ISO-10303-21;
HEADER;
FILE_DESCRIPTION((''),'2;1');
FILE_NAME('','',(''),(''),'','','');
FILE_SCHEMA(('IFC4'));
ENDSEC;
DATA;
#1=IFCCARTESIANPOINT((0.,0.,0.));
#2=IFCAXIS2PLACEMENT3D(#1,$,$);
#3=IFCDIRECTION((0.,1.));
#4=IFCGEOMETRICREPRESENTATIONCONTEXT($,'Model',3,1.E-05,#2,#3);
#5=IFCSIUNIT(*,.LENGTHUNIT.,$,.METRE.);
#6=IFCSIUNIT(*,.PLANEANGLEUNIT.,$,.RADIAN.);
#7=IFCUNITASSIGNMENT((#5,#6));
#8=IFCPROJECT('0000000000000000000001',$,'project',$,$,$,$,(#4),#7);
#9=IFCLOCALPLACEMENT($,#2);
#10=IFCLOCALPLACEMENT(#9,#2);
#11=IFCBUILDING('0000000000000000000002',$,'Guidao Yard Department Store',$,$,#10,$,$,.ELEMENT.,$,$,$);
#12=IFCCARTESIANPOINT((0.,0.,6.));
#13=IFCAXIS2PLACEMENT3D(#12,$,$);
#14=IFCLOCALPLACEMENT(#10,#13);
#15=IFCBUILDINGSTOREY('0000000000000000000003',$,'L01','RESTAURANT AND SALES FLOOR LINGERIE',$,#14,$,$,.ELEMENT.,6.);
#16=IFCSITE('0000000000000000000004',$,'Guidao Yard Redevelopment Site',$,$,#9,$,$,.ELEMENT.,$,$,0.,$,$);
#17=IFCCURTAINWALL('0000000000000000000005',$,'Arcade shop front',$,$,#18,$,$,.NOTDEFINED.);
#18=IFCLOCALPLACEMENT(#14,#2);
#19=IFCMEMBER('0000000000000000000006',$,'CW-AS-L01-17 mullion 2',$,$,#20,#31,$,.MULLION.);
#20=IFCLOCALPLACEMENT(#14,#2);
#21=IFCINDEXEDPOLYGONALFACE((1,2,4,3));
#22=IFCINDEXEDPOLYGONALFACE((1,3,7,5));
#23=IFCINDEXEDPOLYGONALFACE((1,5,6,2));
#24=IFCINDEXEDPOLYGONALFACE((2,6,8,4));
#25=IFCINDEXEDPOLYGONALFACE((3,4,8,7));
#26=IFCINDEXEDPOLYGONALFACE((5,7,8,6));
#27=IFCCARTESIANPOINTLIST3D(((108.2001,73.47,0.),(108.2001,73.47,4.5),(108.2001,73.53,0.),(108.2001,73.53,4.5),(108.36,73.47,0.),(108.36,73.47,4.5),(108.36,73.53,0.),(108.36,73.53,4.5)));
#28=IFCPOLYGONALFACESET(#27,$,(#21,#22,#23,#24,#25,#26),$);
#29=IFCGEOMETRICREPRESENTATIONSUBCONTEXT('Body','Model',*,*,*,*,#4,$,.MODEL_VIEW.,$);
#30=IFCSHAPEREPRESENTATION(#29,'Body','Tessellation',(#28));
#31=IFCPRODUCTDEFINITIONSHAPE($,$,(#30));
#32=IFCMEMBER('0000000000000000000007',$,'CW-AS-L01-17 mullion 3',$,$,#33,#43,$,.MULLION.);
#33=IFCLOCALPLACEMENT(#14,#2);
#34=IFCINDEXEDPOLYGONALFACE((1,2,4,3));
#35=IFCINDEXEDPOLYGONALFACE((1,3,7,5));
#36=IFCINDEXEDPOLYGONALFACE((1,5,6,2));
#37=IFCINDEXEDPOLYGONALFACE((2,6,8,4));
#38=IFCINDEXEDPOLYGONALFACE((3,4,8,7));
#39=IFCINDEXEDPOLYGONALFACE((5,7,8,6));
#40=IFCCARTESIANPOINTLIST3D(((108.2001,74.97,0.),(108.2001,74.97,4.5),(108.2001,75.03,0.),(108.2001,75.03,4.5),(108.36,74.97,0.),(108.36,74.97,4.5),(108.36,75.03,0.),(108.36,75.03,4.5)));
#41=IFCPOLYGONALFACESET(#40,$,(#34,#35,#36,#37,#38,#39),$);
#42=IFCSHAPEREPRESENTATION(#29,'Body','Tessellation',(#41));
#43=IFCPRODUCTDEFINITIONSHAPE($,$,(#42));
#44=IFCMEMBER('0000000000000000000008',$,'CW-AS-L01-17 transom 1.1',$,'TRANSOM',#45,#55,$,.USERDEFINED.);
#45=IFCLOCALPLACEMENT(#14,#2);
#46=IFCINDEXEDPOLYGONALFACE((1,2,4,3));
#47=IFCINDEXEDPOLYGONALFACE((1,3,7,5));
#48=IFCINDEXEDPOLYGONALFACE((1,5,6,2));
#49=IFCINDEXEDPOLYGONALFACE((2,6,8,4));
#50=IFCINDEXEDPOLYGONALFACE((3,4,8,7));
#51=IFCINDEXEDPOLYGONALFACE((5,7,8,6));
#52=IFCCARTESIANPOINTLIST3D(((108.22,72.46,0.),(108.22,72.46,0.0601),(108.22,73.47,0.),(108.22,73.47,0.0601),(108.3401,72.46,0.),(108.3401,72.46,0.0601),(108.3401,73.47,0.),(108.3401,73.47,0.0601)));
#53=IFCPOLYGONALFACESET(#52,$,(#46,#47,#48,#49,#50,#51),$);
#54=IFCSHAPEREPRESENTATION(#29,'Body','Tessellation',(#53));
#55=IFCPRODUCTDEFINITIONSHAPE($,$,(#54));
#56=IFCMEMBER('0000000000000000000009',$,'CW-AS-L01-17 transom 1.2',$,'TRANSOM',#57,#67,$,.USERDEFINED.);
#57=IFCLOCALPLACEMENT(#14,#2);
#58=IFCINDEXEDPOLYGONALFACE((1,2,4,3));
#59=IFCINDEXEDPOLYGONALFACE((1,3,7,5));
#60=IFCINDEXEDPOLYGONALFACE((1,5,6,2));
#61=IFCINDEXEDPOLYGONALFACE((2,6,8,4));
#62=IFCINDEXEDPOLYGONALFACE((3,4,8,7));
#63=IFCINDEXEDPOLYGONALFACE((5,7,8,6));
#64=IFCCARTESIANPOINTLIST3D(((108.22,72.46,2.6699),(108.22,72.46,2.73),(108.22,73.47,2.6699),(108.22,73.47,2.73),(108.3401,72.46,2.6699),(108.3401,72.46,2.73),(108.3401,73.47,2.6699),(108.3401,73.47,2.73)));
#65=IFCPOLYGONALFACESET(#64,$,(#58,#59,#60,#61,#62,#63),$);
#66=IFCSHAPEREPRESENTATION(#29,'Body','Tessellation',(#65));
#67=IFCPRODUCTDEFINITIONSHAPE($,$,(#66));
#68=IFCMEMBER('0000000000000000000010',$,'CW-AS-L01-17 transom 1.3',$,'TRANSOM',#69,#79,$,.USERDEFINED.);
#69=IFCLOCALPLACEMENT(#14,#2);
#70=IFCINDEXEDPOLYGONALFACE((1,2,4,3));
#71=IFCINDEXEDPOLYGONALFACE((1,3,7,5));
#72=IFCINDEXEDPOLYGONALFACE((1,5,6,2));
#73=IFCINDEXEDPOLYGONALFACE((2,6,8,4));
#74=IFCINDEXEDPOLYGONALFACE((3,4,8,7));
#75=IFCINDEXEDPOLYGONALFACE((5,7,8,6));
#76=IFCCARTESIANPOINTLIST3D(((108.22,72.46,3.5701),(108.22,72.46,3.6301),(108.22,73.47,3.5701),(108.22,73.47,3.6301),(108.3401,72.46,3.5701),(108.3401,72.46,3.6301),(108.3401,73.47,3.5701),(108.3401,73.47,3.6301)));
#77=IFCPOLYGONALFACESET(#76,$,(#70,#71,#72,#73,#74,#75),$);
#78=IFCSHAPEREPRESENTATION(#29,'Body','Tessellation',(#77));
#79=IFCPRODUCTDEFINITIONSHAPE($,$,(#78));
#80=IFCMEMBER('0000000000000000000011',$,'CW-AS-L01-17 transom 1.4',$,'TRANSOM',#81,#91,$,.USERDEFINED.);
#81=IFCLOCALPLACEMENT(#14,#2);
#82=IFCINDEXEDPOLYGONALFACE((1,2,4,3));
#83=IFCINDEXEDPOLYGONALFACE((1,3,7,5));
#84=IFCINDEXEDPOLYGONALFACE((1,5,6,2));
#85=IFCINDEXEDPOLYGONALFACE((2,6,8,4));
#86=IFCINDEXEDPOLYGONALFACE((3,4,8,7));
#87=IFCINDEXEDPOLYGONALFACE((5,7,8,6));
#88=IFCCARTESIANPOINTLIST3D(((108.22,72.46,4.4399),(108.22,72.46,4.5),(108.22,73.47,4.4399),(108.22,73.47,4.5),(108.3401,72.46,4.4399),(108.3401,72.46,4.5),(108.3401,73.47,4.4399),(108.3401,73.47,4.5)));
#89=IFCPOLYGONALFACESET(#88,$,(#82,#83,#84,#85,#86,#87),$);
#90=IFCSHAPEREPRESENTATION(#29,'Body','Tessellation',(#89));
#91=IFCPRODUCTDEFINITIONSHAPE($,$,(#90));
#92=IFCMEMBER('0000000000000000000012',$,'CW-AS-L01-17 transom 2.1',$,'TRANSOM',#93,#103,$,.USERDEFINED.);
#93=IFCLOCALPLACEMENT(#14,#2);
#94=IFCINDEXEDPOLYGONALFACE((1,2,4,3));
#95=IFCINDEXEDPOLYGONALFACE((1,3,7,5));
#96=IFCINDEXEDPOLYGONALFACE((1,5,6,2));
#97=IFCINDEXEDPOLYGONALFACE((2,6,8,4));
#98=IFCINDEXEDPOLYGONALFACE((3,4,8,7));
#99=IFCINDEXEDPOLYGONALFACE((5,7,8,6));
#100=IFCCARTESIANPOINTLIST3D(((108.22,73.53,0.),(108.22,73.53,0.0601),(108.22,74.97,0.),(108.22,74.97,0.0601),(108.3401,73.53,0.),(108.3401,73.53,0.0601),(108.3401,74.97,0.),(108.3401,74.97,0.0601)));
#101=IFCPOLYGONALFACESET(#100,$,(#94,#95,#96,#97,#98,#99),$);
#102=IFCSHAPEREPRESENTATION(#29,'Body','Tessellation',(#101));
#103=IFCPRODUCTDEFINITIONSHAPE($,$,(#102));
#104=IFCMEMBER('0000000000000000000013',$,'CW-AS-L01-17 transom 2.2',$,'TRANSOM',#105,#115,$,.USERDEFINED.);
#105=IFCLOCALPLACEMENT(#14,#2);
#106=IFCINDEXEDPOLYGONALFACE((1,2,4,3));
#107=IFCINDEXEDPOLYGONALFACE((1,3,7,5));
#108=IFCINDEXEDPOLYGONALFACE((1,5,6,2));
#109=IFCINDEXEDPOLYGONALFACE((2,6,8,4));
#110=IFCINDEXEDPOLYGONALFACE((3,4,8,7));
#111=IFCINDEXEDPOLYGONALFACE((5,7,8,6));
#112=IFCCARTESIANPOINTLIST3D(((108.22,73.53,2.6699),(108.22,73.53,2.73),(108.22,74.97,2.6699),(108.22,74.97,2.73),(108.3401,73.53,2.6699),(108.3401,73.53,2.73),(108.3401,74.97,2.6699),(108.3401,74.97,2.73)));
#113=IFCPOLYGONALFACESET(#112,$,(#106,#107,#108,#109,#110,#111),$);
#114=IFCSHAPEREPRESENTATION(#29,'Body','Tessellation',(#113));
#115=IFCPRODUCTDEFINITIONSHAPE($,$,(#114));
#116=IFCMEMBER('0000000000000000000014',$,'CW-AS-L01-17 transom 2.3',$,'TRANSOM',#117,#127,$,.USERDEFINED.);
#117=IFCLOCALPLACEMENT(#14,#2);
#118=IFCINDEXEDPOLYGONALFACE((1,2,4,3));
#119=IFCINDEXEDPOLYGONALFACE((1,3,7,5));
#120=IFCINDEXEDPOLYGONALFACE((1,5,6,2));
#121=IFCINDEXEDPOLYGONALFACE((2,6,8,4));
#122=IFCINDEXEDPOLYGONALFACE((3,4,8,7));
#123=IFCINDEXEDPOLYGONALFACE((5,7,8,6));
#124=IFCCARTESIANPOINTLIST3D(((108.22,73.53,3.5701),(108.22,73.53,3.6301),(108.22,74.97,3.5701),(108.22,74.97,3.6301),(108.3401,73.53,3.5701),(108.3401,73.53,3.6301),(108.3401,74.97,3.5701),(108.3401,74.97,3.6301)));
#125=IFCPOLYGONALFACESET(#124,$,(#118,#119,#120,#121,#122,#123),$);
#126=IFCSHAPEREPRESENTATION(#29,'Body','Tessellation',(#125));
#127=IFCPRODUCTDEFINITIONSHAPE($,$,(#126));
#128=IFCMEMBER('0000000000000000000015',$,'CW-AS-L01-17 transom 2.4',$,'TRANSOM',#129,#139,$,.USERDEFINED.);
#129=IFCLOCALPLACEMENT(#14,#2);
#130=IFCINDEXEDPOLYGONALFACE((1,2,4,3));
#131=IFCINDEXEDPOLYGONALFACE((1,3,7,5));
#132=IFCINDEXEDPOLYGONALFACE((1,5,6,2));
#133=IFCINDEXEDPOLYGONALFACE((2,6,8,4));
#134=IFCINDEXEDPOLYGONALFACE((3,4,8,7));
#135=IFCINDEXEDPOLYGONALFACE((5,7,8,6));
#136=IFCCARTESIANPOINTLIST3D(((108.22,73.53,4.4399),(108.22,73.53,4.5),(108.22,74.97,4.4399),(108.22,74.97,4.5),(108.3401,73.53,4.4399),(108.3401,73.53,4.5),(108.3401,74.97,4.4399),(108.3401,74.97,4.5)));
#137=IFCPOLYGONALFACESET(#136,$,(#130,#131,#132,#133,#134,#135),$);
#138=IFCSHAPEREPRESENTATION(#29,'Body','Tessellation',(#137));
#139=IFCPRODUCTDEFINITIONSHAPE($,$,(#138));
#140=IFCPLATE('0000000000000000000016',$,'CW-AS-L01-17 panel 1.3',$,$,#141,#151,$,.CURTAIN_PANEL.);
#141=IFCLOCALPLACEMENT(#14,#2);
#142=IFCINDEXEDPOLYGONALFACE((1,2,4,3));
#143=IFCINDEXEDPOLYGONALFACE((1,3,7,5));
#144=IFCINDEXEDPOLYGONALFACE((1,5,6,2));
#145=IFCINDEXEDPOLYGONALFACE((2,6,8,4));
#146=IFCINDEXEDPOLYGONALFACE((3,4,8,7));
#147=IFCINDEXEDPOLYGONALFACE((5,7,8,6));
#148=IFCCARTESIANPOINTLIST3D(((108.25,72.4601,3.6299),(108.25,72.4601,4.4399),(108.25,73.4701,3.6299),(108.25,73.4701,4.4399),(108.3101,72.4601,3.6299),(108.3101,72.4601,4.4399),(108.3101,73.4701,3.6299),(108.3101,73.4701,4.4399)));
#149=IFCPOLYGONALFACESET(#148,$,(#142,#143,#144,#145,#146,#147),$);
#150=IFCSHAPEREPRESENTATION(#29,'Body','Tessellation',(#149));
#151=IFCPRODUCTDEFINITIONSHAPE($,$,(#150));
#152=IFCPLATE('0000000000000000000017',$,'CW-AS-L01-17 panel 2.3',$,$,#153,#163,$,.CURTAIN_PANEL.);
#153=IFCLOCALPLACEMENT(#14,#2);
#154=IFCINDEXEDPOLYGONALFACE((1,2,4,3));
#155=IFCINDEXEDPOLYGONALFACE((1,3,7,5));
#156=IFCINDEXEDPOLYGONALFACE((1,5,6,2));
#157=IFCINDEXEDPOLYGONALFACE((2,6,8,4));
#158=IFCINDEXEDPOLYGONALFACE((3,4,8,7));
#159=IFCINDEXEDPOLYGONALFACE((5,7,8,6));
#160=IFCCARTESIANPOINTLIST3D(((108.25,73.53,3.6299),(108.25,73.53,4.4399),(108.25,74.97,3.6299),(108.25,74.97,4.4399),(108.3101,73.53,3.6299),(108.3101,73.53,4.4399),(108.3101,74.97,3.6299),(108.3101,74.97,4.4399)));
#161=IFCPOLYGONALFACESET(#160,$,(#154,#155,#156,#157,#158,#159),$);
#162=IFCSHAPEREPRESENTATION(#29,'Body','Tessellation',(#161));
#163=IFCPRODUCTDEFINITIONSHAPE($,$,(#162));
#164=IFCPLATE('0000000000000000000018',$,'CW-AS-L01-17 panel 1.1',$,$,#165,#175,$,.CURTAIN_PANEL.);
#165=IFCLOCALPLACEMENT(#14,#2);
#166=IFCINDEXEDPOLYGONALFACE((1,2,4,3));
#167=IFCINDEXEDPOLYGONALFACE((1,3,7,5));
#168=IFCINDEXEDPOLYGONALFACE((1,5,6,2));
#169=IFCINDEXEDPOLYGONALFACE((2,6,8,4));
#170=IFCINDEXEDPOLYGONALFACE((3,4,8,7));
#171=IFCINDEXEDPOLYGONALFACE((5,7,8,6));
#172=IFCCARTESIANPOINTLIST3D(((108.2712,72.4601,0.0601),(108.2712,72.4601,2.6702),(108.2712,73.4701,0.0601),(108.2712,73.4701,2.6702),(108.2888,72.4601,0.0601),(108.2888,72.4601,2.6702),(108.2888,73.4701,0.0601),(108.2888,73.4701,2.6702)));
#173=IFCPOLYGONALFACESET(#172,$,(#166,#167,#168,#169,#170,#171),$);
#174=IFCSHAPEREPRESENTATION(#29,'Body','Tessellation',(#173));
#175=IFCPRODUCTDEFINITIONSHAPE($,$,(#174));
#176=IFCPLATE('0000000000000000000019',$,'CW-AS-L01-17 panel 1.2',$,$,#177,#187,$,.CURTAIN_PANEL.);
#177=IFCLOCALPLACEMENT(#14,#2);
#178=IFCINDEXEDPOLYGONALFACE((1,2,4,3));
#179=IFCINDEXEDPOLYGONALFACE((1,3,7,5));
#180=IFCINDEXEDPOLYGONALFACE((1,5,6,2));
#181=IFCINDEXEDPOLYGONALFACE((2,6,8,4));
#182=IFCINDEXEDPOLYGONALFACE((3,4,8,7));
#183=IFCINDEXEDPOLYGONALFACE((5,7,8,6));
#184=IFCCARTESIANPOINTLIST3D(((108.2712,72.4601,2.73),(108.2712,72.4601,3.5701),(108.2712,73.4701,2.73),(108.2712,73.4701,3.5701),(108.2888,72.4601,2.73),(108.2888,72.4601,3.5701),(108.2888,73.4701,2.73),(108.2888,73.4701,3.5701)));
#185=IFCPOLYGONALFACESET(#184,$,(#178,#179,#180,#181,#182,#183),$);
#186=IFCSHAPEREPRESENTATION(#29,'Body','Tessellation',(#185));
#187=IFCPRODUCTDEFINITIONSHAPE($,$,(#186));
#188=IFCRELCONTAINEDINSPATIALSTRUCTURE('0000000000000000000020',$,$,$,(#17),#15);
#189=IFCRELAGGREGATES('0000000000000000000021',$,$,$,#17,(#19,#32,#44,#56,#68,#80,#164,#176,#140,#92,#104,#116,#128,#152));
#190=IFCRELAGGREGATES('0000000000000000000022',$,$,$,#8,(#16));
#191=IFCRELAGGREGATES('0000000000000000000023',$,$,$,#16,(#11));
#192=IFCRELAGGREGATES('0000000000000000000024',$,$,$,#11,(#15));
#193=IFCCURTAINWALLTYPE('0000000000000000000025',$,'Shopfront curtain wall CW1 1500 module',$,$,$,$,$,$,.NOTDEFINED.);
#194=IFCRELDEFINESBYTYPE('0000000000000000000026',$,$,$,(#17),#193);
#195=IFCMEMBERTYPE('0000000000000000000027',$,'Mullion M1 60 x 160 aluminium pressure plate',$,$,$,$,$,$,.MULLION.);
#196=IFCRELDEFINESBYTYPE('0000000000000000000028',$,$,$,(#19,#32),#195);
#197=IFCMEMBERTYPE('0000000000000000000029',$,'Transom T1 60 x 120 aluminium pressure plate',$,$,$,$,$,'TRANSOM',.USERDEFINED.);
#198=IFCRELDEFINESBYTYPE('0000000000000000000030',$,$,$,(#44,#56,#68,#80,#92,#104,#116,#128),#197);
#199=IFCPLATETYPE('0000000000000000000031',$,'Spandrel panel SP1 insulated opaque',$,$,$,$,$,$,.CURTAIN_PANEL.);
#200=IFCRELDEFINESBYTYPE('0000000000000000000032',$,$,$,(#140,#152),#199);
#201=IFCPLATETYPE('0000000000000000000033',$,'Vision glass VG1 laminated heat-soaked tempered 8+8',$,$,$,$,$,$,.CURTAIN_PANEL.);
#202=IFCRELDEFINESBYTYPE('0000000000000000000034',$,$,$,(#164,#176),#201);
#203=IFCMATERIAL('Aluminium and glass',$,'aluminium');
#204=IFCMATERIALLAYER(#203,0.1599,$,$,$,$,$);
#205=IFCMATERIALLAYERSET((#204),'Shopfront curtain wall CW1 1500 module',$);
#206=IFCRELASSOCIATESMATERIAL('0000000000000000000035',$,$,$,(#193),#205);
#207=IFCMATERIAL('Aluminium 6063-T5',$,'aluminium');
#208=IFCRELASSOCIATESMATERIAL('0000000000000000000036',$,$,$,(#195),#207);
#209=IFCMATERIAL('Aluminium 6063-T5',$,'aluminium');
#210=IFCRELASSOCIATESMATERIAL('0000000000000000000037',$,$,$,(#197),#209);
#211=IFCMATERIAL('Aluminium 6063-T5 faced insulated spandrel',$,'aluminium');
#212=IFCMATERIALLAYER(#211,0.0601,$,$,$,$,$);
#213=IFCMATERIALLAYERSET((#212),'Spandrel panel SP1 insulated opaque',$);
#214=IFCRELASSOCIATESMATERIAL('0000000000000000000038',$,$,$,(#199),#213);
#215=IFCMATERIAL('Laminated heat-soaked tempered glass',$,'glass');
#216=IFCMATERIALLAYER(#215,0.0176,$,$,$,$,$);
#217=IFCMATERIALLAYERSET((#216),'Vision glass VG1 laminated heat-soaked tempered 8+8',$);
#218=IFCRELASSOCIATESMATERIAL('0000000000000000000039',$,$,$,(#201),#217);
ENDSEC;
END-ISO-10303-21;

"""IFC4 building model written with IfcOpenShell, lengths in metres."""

from ifc_helpers import new_model, si_unit, direction, frame, origin, origin_2d, place, context, subcontext, project, spatial, rectangle, extrude, material, layer, layer_set, material_profile, profile_set, type_object, element, aggregate, save


model = new_model("IFC4")

# Units and contexts
model_context = context("Model", 3, precision=1e-05, world=origin(), true_north=direction((0.0, 1.0)))
body_context = subcontext(model_context, "Body", "Model", "MODEL_VIEW")
ifc_project = project(units=[si_unit("LENGTHUNIT", "METRE"), si_unit("PLANEANGLEUNIT", "RADIAN")], contexts=[model_context])

# Site, building, storey
site_placement = place(None, origin())
site = spatial("IfcSite", under=ifc_project, at=site_placement, Name="Guidao Yard Redevelopment Site", CompositionType="ELEMENT", RefElevation=0.0)
building_placement = place(site_placement, origin())
building = spatial("IfcBuilding", under=site, at=building_placement, Name="Guidao Yard Department Store", CompositionType="ELEMENT")
storey_placement = place(building_placement, frame((0.0, 0.0, 6.0)))
storey = spatial("IfcBuildingStorey", under=building, at=storey_placement, Name="L01", Description="RESTAURANT AND SALES FLOOR LINGERIE", CompositionType="ELEMENT", Elevation=6.0)

# Curtain wall, members, plates
ifc_material_1 = material(Name="Aluminium and glass", Category="aluminium")
ifc_layer_1 = layer(ifc_material_1, 0.1599)
ifc_layer_set_1 = layer_set([ifc_layer_1], Name="Shopfront curtain wall CW1 1500 module")
curtain_wall_type = type_object("IfcCurtainWallType", Name="Shopfront curtain wall CW1 1500 module", PredefinedType="NOTDEFINED", material=ifc_layer_set_1)
curtain_wall_placement = place(storey_placement, origin())
curtain_wall = element("IfcCurtainWall", 1, at=curtain_wall_placement, inside=storey, type_object=curtain_wall_type, Name="Arcade shop front", PredefinedType="NOTDEFINED")
ifc_material_2 = material(Name="Aluminium 6063-T5", Category="aluminium")
ifc_material_profile_1 = material_profile(ifc_material_2, rectangle(XDim=0.0601, YDim=0.1599, at=origin_2d()), Name="Mullion M1 60 x 160 aluminium pressure plate")
ifc_profile_set_1 = profile_set([ifc_material_profile_1], Name="Aluminium 6063-T5")
member_type_1 = type_object("IfcMemberType", Name="Mullion M1 60 x 160 aluminium pressure plate", PredefinedType="MULLION", material=ifc_profile_set_1)
member_1_placement = place(storey_placement, frame((108.28, 73.5, 0.0), z_axis=(0.0, 0.0, 1.0), x_axis=(0.0, -1.0, 0.0)))
member_1 = element("IfcMember", 2, at=member_1_placement, type_object=member_type_1, Name="CW-AS-L01-17 mullion 2", PredefinedType="MULLION", context=body_context, shape_type="SweptSolid", body=[
    extrude(rectangle(XDim=0.0601, YDim=0.1599, at=origin_2d()), origin(), (0.0, 0.0, 1.0), 4.5),
])
member_2_placement = place(storey_placement, frame((108.28, 75.0, 0.0), z_axis=(0.0, 0.0, 1.0), x_axis=(0.0, -1.0, 0.0)))
member_2 = element("IfcMember", 3, at=member_2_placement, type_object=member_type_1, Name="CW-AS-L01-17 mullion 3", PredefinedType="MULLION", context=body_context, shape_type="SweptSolid", body=[
    extrude(rectangle(XDim=0.0601, YDim=0.1599, at=origin_2d()), origin(), (0.0, 0.0, 1.0), 4.5),
])
ifc_material_3 = material(Name="Aluminium 6063-T5", Category="aluminium")
ifc_material_profile_2 = material_profile(ifc_material_3, rectangle(XDim=0.1201, YDim=0.0601, at=origin_2d()), Name="Transom T1 60 x 120 aluminium pressure plate")
ifc_profile_set_2 = profile_set([ifc_material_profile_2], Name="Aluminium 6063-T5")
member_type_2 = type_object("IfcMemberType", Name="Transom T1 60 x 120 aluminium pressure plate", ElementType="TRANSOM", PredefinedType="USERDEFINED", material=ifc_profile_set_2)
member_3_placement = place(storey_placement, frame((108.28, 73.47, 0.03), z_axis=(0.0, -1.0, 0.0), x_axis=(1.0, 0.0, 0.0)))
member_3 = element("IfcMember", 4, at=member_3_placement, type_object=member_type_2, Name="CW-AS-L01-17 transom 1.1", ObjectType="TRANSOM", PredefinedType="USERDEFINED", context=body_context, shape_type="SweptSolid", body=[
    extrude(rectangle(XDim=0.1201, YDim=0.0601, at=origin_2d()), origin(), (0.0, 0.0, 1.0), 1.01),
])
member_4_placement = place(storey_placement, frame((108.28, 73.47, 2.7), z_axis=(0.0, -1.0, 0.0), x_axis=(1.0, 0.0, 0.0)))
member_4 = element("IfcMember", 5, at=member_4_placement, type_object=member_type_2, Name="CW-AS-L01-17 transom 1.2", ObjectType="TRANSOM", PredefinedType="USERDEFINED", context=body_context, shape_type="SweptSolid", body=[
    extrude(rectangle(XDim=0.1201, YDim=0.0601, at=origin_2d()), origin(), (0.0, 0.0, 1.0), 1.01),
])
member_5_placement = place(storey_placement, frame((108.28, 73.47, 3.6001), z_axis=(0.0, -1.0, 0.0), x_axis=(1.0, 0.0, 0.0)))
member_5 = element("IfcMember", 6, at=member_5_placement, type_object=member_type_2, Name="CW-AS-L01-17 transom 1.3", ObjectType="TRANSOM", PredefinedType="USERDEFINED", context=body_context, shape_type="SweptSolid", body=[
    extrude(rectangle(XDim=0.1201, YDim=0.0601, at=origin_2d()), origin(), (0.0, 0.0, 1.0), 1.01),
])
member_6_placement = place(storey_placement, frame((108.28, 73.47, 4.47), z_axis=(0.0, -1.0, 0.0), x_axis=(1.0, 0.0, 0.0)))
member_6 = element("IfcMember", 7, at=member_6_placement, type_object=member_type_2, Name="CW-AS-L01-17 transom 1.4", ObjectType="TRANSOM", PredefinedType="USERDEFINED", context=body_context, shape_type="SweptSolid", body=[
    extrude(rectangle(XDim=0.1201, YDim=0.0601, at=origin_2d()), origin(), (0.0, 0.0, 1.0), 1.01),
])
member_7_placement = place(storey_placement, frame((108.28, 74.97, 0.03), z_axis=(0.0, -1.0, 0.0), x_axis=(1.0, 0.0, 0.0)))
member_7 = element("IfcMember", 8, at=member_7_placement, type_object=member_type_2, Name="CW-AS-L01-17 transom 2.1", ObjectType="TRANSOM", PredefinedType="USERDEFINED", context=body_context, shape_type="SweptSolid", body=[
    extrude(rectangle(XDim=0.1201, YDim=0.0601, at=origin_2d()), origin(), (0.0, 0.0, 1.0), 1.4399),
])
member_8_placement = place(storey_placement, frame((108.28, 74.97, 2.7), z_axis=(0.0, -1.0, 0.0), x_axis=(1.0, 0.0, 0.0)))
member_8 = element("IfcMember", 9, at=member_8_placement, type_object=member_type_2, Name="CW-AS-L01-17 transom 2.2", ObjectType="TRANSOM", PredefinedType="USERDEFINED", context=body_context, shape_type="SweptSolid", body=[
    extrude(rectangle(XDim=0.1201, YDim=0.0601, at=origin_2d()), origin(), (0.0, 0.0, 1.0), 1.4399),
])
member_9_placement = place(storey_placement, frame((108.28, 74.97, 3.6001), z_axis=(0.0, -1.0, 0.0), x_axis=(1.0, 0.0, 0.0)))
member_9 = element("IfcMember", 10, at=member_9_placement, type_object=member_type_2, Name="CW-AS-L01-17 transom 2.3", ObjectType="TRANSOM", PredefinedType="USERDEFINED", context=body_context, shape_type="SweptSolid", body=[
    extrude(rectangle(XDim=0.1201, YDim=0.0601, at=origin_2d()), origin(), (0.0, 0.0, 1.0), 1.4399),
])
member_10_placement = place(storey_placement, frame((108.28, 74.97, 4.47), z_axis=(0.0, -1.0, 0.0), x_axis=(1.0, 0.0, 0.0)))
member_10 = element("IfcMember", 11, at=member_10_placement, type_object=member_type_2, Name="CW-AS-L01-17 transom 2.4", ObjectType="TRANSOM", PredefinedType="USERDEFINED", context=body_context, shape_type="SweptSolid", body=[
    extrude(rectangle(XDim=0.1201, YDim=0.0601, at=origin_2d()), origin(), (0.0, 0.0, 1.0), 1.4399),
])
ifc_material_4 = material(Name="Aluminium 6063-T5 faced insulated spandrel", Category="aluminium")
ifc_layer_2 = layer(ifc_material_4, 0.0601)
ifc_layer_set_2 = layer_set([ifc_layer_2], Name="Spandrel panel SP1 insulated opaque")
plate_type_1 = type_object("IfcPlateType", Name="Spandrel panel SP1 insulated opaque", PredefinedType="CURTAIN_PANEL", material=ifc_layer_set_2)
plate_1_placement = place(storey_placement, frame((108.28, 72.9651, 3.6299), z_axis=(0.0, 0.0, 1.0), x_axis=(0.0, -1.0, 0.0)))
plate_1 = element("IfcPlate", 12, at=plate_1_placement, type_object=plate_type_1, Name="CW-AS-L01-17 panel 1.3", PredefinedType="CURTAIN_PANEL", context=body_context, shape_type="SweptSolid", body=[
    extrude(rectangle(XDim=1.01, YDim=0.0601, at=origin_2d()), origin(), (0.0, 0.0, 1.0), 0.8101),
])
plate_2_placement = place(storey_placement, frame((108.28, 74.25, 3.6299), z_axis=(0.0, 0.0, 1.0), x_axis=(0.0, -1.0, 0.0)))
plate_2 = element("IfcPlate", 13, at=plate_2_placement, type_object=plate_type_1, Name="CW-AS-L01-17 panel 2.3", PredefinedType="CURTAIN_PANEL", context=body_context, shape_type="SweptSolid", body=[
    extrude(rectangle(XDim=1.4399, YDim=0.0601, at=origin_2d()), origin(), (0.0, 0.0, 1.0), 0.8101),
])
ifc_material_5 = material(Name="Laminated heat-soaked tempered glass", Category="glass")
ifc_layer_3 = layer(ifc_material_5, 0.0176)
ifc_layer_set_3 = layer_set([ifc_layer_3], Name="Vision glass VG1 laminated heat-soaked tempered 8+8")
plate_type_2 = type_object("IfcPlateType", Name="Vision glass VG1 laminated heat-soaked tempered 8+8", PredefinedType="CURTAIN_PANEL", material=ifc_layer_set_3)
plate_3_placement = place(storey_placement, frame((108.28, 72.9651, 0.0601), z_axis=(0.0, 0.0, 1.0), x_axis=(0.0, -1.0, 0.0)))
plate_3 = element("IfcPlate", 14, at=plate_3_placement, type_object=plate_type_2, Name="CW-AS-L01-17 panel 1.1", PredefinedType="CURTAIN_PANEL", context=body_context, shape_type="SweptSolid", body=[
    extrude(rectangle(XDim=1.01, YDim=0.0176, at=origin_2d()), origin(), (0.0, 0.0, 1.0), 2.6101),
])
plate_4_placement = place(storey_placement, frame((108.28, 72.9651, 2.73), z_axis=(0.0, 0.0, 1.0), x_axis=(0.0, -1.0, 0.0)))
plate_4 = element("IfcPlate", 15, at=plate_4_placement, type_object=plate_type_2, Name="CW-AS-L01-17 panel 1.2", PredefinedType="CURTAIN_PANEL", context=body_context, shape_type="SweptSolid", body=[
    extrude(rectangle(XDim=1.01, YDim=0.0176, at=origin_2d()), origin(), (0.0, 0.0, 1.0), 0.8401),
])
aggregate(curtain_wall, [member_1, member_2, member_3, member_4, member_5, member_6, plate_3, plate_4, plate_1, member_7, member_8, member_9, member_10, plate_2])

save(model, "model.ifc")
